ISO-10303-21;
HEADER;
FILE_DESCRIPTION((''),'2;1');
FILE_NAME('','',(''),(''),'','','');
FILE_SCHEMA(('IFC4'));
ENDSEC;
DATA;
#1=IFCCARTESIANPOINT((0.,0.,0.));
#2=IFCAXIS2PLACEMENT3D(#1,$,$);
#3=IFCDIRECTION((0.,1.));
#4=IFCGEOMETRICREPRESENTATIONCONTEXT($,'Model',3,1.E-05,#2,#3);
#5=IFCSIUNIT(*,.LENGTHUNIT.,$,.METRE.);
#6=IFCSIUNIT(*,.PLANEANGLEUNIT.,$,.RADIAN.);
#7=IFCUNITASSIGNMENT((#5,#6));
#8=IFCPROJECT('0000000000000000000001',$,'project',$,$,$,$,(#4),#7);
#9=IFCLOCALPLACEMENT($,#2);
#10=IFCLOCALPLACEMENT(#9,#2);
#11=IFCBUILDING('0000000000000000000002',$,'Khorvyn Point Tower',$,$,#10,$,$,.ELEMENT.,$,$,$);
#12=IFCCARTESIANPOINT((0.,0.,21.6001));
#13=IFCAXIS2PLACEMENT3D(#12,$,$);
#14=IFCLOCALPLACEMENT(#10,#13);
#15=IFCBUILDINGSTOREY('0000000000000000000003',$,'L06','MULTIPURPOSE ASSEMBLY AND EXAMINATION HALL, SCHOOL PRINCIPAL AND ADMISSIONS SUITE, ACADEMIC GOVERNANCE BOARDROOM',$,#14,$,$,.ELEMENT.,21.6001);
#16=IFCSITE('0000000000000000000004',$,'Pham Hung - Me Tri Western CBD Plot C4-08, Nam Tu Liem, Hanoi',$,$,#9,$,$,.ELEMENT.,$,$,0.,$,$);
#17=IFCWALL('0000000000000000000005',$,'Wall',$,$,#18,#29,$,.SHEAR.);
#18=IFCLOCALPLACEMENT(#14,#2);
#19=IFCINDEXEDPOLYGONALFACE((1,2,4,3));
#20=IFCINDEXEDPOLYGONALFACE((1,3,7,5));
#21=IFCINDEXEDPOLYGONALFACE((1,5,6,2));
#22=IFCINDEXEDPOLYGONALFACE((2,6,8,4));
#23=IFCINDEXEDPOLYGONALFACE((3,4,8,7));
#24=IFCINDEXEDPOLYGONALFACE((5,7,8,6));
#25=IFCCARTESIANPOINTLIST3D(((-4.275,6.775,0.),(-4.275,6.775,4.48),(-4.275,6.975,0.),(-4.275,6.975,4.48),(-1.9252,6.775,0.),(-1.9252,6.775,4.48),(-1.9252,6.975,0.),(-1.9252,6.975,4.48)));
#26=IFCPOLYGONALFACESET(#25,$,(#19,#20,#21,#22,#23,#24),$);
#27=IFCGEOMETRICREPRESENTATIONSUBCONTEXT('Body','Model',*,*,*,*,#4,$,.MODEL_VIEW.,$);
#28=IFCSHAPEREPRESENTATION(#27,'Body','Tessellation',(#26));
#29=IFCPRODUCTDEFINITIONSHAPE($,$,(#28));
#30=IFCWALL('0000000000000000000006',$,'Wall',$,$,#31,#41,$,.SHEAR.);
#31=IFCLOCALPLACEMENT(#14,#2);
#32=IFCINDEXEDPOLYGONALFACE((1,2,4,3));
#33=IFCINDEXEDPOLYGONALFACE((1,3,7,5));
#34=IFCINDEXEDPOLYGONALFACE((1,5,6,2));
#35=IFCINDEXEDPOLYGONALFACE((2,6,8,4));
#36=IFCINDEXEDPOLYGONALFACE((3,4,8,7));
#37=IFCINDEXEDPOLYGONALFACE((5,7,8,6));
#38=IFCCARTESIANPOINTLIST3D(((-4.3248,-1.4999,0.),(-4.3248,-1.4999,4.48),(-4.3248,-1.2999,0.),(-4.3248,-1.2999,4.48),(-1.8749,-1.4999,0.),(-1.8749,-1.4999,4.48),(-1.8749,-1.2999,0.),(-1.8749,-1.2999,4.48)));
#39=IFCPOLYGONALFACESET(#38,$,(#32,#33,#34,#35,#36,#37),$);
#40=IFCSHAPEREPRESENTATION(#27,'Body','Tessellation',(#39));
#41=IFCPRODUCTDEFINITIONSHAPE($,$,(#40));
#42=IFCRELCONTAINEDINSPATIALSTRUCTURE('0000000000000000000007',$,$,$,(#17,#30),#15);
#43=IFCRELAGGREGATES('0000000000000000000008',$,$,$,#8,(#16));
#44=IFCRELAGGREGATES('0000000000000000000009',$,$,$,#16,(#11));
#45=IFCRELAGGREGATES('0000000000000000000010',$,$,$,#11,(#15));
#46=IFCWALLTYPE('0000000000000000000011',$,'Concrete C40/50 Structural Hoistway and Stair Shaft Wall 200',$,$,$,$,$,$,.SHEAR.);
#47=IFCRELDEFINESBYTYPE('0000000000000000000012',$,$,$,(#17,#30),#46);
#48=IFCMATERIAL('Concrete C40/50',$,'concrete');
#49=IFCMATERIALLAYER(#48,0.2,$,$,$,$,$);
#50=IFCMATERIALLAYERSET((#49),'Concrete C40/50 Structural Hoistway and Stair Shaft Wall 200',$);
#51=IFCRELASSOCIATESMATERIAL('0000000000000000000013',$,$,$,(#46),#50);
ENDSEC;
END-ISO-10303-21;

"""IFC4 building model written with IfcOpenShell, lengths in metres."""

from ifc_helpers import new_model, si_unit, direction, frame, frame_2d, origin, place, context, subcontext, project, spatial, rectangle, extrude, material, layer, layer_set, type_object, element, save


model = new_model("IFC4")

# Units and contexts
model_context = context("Model", 3, precision=1e-05, world=origin(), true_north=direction((0.0, 1.0)))
body_context = subcontext(model_context, "Body", "Model", "MODEL_VIEW")
ifc_project = project(units=[si_unit("LENGTHUNIT", "METRE"), si_unit("PLANEANGLEUNIT", "RADIAN")], contexts=[model_context])

# Site, building, storey
site_placement = place(None, origin())
site = spatial("IfcSite", under=ifc_project, at=site_placement, Name="Pham Hung - Me Tri Western CBD Plot C4-08, Nam Tu Liem, Hanoi", CompositionType="ELEMENT", RefElevation=0.0)
building_placement = place(site_placement, origin())
building = spatial("IfcBuilding", under=site, at=building_placement, Name="Khorvyn Point Tower", CompositionType="ELEMENT")
storey_placement = place(building_placement, frame((0.0, 0.0, 21.6001)))
storey = spatial("IfcBuildingStorey", under=building, at=storey_placement, Name="L06", Description="MULTIPURPOSE ASSEMBLY AND EXAMINATION HALL, SCHOOL PRINCIPAL AND ADMISSIONS SUITE, ACADEMIC GOVERNANCE BOARDROOM", CompositionType="ELEMENT", Elevation=21.6001)

# Shared definitions
ifc_material_1 = material(Name="Concrete C40/50", Category="concrete")

# Shared definitions
ifc_layer = layer(ifc_material_1, 0.2)
ifc_layer_set = layer_set([ifc_layer], Name="Concrete C40/50 Structural Hoistway and Stair Shaft Wall 200")
wall_type = type_object("IfcWallType", Name="Concrete C40/50 Structural Hoistway and Stair Shaft Wall 200", PredefinedType="SHEAR", material=ifc_layer_set)

# Walls
for number, where, z_axis, x_axis, name in (
    (1, (-4.2749, 6.875, 0.0), (0.0, 0.0, 1.0), (1.0, 0.0, 0.0), "Wall"),
):
    element("IfcWall", number, at=place(storey_placement, frame(where, z_axis=z_axis, x_axis=x_axis)), inside=storey, type_object=wall_type, Name=name, PredefinedType="SHEAR", context=body_context, shape_type="SweptSolid", body=[
        extrude(rectangle(XDim=2.3499, YDim=0.2, at=frame_2d((1.1748, 0.0))), origin(), (0.0, 0.0, 1.0), 4.48),
    ])
wall_1_placement = place(storey_placement, frame((-4.325, -1.3999, 0.0), z_axis=(0.0, 0.0, 1.0), x_axis=(1.0, 0.0, 0.0)))
element("IfcWall", 2, at=wall_1_placement, inside=storey, type_object=wall_type, Name="Wall", PredefinedType="SHEAR", context=body_context, shape_type="SweptSolid", body=[
    extrude(rectangle(XDim=2.45, YDim=0.2, at=frame_2d((1.2251, 0.0))), origin(), (0.0, 0.0, 1.0), 4.48),
])

save(model, "model.ifc")
